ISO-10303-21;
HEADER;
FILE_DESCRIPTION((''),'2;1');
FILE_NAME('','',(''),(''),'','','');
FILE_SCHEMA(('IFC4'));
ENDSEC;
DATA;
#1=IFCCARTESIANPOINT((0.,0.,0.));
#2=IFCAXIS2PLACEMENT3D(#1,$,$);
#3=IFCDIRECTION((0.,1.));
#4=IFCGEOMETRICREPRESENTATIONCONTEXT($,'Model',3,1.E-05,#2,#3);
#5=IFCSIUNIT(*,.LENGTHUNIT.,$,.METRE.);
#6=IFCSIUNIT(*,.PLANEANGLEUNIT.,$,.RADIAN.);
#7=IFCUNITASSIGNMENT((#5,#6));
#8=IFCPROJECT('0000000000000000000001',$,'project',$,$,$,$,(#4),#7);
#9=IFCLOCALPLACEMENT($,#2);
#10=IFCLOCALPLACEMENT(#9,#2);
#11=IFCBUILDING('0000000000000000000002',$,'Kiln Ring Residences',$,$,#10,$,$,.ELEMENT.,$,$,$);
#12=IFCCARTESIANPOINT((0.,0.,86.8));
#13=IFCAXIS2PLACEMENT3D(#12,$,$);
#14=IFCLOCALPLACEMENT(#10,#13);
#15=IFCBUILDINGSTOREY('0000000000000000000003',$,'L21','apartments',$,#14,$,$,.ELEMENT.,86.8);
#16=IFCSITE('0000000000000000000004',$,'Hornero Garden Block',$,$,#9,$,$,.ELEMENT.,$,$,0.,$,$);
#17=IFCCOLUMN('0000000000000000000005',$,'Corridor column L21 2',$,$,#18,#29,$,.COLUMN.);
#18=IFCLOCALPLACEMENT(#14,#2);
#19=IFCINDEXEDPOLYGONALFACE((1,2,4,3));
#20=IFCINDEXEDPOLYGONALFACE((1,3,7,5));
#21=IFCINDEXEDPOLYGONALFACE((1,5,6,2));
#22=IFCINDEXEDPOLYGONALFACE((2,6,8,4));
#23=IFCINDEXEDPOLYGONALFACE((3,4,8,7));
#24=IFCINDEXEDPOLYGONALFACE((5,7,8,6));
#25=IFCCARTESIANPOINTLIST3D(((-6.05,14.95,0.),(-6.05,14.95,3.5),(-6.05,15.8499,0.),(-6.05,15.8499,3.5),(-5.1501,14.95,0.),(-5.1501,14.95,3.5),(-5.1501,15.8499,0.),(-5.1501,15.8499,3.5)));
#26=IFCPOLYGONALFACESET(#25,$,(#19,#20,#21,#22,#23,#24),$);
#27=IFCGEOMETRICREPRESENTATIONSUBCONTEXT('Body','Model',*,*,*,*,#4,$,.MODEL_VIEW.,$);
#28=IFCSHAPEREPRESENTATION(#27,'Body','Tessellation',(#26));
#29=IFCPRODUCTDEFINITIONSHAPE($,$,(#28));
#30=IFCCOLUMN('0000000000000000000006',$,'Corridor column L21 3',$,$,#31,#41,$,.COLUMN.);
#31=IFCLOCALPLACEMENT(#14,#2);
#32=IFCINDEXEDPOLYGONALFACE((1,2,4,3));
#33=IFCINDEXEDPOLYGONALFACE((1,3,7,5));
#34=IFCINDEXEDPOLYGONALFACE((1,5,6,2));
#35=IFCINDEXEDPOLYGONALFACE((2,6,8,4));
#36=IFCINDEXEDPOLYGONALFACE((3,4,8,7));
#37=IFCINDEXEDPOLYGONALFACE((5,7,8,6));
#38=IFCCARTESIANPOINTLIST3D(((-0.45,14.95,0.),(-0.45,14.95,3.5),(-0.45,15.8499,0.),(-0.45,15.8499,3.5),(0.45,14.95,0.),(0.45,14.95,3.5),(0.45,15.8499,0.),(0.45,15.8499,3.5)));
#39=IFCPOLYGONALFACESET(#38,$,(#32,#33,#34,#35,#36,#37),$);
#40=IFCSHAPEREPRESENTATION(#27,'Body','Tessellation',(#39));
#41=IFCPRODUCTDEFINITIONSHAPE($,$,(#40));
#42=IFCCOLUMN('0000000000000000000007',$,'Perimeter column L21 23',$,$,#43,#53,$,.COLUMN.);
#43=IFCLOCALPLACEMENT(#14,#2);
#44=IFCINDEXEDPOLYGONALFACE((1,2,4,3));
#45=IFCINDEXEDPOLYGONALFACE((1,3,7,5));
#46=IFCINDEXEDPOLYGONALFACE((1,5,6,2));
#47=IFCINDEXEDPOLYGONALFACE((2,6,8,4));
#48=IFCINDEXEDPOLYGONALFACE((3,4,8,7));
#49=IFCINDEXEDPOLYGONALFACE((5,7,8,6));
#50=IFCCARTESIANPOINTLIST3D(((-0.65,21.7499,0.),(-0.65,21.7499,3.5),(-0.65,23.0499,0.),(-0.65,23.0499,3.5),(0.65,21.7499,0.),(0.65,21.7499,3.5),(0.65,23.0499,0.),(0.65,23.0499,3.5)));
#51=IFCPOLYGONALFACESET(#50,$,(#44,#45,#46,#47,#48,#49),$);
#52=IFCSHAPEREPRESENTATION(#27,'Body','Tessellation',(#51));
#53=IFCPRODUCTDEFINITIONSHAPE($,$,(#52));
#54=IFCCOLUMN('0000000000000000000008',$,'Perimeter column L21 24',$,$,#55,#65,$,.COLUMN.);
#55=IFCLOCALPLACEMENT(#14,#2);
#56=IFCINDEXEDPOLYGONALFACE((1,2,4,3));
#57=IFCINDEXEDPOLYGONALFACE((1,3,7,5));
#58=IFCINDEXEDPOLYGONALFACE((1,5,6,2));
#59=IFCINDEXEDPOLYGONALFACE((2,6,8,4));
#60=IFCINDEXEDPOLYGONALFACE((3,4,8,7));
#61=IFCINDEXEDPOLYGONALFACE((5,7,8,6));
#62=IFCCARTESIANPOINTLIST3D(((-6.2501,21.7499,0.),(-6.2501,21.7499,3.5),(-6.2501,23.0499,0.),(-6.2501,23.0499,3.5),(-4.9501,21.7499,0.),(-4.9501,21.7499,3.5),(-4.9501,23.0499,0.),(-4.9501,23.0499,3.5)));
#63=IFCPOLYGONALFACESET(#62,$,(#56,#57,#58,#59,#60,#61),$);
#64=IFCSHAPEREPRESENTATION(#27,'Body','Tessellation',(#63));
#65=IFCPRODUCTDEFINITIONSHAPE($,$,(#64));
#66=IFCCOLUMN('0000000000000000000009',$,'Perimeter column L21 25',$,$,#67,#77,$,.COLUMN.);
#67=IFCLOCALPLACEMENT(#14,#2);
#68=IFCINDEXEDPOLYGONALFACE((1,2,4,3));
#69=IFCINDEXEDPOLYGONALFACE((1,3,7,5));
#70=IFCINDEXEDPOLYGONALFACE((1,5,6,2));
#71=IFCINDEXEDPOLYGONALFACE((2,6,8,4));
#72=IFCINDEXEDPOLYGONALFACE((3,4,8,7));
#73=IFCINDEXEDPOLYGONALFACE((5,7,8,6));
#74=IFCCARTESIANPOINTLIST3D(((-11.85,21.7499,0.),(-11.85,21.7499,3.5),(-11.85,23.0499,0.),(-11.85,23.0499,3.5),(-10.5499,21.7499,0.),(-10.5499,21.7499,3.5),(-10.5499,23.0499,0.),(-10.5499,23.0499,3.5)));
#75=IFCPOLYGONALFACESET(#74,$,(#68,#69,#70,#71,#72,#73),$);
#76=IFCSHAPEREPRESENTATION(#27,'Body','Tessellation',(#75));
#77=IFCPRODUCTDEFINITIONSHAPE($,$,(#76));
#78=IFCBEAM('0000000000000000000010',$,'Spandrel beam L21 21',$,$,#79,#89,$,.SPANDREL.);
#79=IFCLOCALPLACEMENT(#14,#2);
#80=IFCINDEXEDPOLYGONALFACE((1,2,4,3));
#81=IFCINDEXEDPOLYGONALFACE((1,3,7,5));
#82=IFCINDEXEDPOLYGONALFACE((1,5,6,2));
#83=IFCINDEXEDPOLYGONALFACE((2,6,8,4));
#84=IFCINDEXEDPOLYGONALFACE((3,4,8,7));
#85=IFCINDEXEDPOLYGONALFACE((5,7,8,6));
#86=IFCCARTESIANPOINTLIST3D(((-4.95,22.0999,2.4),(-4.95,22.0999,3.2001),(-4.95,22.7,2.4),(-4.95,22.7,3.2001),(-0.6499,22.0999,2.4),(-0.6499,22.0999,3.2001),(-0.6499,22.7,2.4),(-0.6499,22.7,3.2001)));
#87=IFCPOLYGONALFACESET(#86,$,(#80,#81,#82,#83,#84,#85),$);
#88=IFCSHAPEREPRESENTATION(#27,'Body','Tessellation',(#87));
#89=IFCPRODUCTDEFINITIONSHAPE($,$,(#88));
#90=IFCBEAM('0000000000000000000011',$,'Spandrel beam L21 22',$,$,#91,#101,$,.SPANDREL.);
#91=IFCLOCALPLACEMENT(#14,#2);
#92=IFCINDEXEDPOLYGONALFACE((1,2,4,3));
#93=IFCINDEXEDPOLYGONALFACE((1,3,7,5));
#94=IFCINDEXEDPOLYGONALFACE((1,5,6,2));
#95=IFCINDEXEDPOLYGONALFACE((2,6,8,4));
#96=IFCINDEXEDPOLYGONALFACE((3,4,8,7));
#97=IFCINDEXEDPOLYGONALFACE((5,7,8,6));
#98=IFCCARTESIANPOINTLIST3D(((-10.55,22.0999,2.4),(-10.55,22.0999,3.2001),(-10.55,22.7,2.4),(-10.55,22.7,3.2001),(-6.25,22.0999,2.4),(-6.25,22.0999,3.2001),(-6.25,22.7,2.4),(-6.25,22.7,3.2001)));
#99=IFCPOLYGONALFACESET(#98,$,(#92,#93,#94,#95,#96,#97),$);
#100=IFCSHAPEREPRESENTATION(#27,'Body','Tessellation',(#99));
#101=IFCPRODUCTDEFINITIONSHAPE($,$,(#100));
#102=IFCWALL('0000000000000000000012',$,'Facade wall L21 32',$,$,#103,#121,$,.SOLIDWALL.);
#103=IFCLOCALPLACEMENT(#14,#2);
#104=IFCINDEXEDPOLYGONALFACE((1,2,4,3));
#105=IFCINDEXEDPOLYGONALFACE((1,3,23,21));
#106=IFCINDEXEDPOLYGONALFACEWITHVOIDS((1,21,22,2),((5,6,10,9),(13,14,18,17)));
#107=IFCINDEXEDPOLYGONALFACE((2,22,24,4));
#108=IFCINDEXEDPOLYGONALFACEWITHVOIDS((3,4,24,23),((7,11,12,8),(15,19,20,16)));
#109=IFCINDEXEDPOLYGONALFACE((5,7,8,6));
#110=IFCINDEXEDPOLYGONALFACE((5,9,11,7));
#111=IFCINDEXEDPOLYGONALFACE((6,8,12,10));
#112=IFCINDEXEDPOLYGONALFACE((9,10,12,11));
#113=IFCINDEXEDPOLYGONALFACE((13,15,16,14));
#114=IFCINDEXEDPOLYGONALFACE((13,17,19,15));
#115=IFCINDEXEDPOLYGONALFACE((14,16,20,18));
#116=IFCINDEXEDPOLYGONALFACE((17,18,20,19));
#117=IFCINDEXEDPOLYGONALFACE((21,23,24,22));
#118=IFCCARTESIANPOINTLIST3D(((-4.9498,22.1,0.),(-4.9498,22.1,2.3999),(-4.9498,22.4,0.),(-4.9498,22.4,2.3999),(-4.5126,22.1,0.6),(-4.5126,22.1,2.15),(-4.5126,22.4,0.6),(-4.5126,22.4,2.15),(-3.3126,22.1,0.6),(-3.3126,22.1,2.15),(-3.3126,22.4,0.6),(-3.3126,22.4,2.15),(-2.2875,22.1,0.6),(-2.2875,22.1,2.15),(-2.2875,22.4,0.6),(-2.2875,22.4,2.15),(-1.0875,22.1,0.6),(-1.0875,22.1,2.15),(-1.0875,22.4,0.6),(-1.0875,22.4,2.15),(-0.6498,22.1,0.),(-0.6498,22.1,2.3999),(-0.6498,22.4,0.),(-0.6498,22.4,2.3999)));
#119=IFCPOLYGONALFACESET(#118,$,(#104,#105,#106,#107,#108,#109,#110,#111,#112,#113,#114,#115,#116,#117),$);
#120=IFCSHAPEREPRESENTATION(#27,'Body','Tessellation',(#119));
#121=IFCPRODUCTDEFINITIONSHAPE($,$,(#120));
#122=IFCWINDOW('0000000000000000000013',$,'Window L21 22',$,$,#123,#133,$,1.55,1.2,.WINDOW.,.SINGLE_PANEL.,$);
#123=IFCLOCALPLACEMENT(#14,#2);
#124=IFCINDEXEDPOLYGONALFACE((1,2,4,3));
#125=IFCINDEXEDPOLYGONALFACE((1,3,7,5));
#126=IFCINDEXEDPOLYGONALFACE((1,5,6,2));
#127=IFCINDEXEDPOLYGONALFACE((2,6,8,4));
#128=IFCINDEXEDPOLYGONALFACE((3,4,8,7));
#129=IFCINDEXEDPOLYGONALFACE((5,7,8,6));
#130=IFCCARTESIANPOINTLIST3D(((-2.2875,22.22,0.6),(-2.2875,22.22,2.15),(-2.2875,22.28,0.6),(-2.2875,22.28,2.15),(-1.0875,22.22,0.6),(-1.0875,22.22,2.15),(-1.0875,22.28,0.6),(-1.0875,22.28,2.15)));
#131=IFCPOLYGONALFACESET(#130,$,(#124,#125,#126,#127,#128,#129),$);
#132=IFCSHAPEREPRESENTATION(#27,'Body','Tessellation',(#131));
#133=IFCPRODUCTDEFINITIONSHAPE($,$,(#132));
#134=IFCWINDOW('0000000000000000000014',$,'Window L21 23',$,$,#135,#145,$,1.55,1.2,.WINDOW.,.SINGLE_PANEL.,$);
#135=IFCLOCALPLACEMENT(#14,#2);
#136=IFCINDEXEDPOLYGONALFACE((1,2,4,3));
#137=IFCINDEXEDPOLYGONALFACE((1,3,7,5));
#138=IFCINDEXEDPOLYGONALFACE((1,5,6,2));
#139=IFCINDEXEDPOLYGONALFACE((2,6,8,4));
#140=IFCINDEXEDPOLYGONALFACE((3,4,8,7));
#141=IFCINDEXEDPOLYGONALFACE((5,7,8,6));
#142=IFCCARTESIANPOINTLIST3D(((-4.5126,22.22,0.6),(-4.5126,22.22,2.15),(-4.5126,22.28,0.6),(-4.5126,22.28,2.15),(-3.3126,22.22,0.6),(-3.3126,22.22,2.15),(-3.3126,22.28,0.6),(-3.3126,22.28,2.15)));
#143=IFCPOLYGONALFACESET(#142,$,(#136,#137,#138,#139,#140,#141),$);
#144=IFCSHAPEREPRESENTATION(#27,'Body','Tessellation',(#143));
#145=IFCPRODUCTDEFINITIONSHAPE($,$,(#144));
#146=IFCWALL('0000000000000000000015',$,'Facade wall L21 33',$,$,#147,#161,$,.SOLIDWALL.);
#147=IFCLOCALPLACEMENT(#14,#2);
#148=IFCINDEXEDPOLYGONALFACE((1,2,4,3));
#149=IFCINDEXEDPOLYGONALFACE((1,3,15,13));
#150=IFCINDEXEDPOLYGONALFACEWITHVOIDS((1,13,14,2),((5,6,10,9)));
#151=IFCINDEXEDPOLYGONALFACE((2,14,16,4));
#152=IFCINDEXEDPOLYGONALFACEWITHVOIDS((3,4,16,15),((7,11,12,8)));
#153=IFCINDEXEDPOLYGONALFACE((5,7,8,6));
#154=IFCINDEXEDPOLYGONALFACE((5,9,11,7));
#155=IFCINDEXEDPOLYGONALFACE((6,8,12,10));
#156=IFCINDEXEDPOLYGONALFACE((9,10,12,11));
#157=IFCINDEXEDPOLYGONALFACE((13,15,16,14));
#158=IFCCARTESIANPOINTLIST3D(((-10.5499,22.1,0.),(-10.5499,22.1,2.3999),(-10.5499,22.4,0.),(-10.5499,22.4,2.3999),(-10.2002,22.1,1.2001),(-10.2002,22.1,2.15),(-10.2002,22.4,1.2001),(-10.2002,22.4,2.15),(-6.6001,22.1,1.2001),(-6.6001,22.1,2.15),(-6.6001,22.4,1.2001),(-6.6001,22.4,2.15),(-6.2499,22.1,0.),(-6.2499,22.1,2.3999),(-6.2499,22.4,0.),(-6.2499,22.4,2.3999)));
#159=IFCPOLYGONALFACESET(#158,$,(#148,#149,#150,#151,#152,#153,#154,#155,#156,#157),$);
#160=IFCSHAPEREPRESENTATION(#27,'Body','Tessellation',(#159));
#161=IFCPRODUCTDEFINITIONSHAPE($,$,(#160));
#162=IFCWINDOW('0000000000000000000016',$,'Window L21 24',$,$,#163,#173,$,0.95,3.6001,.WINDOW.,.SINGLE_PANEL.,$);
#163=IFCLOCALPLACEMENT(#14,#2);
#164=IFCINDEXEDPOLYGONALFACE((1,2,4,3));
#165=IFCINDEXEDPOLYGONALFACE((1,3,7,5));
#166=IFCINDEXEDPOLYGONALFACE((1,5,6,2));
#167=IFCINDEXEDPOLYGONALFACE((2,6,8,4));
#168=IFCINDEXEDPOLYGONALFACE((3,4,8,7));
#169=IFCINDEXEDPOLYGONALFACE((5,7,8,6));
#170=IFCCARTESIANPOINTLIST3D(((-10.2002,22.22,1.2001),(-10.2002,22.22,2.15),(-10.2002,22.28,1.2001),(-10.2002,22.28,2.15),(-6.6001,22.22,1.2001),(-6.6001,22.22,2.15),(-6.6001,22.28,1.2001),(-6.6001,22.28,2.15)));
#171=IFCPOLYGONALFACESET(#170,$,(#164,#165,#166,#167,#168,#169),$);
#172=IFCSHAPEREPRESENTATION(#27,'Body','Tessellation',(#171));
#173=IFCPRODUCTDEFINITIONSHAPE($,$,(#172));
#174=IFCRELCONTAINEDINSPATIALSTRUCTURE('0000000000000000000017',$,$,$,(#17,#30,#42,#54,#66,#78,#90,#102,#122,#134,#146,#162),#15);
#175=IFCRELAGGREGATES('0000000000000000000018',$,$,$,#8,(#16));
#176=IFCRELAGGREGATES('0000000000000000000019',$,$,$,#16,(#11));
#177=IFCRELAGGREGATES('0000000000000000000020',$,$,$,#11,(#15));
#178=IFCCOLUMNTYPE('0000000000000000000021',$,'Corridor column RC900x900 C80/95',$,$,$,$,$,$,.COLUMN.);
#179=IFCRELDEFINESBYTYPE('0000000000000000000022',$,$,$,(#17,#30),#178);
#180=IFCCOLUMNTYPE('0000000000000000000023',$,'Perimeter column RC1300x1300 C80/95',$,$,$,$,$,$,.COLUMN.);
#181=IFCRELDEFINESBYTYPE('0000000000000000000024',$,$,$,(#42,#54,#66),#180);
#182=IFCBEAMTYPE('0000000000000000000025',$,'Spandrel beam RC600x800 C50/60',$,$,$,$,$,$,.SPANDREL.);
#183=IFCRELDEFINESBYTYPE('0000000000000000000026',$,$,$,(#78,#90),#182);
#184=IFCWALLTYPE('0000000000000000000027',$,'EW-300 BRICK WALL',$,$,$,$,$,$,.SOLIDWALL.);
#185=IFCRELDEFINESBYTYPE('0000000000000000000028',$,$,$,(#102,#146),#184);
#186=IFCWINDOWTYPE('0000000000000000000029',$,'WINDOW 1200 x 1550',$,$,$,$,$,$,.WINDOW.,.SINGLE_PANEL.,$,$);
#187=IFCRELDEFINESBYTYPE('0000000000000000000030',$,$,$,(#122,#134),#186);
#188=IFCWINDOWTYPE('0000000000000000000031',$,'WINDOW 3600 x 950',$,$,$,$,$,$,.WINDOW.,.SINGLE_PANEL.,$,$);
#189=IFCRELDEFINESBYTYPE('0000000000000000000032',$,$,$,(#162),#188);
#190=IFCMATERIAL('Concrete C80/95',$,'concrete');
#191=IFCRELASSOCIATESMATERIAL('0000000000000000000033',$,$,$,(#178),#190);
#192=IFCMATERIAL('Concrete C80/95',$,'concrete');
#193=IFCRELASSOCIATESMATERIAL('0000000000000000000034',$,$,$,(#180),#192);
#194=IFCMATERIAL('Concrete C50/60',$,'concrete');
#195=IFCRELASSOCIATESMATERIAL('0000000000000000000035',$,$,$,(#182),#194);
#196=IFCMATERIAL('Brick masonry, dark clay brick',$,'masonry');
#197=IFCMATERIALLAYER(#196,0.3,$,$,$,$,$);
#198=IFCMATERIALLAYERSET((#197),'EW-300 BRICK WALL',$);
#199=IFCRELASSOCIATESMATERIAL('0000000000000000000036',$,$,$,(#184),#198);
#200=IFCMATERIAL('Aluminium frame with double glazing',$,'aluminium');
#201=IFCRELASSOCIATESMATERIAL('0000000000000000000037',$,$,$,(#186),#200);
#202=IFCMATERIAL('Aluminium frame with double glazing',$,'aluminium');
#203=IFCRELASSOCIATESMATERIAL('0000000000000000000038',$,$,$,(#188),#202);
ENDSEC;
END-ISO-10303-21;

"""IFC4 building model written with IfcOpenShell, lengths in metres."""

from ifc_helpers import new_model, si_unit, direction, frame, frame_2d, origin, origin_2d, place, context, subcontext, project, spatial, rectangle, extrude, material, layer, layer_set, material_profile, profile_set, type_object, element, fill, save


model = new_model("IFC4")

# Units and contexts
model_context = context("Model", 3, precision=1e-05, world=origin(), true_north=direction((0.0, 1.0)))
body_context = subcontext(model_context, "Body", "Model", "MODEL_VIEW")
ifc_project = project(units=[si_unit("LENGTHUNIT", "METRE"), si_unit("PLANEANGLEUNIT", "RADIAN")], contexts=[model_context])

# Site, building, storey
site_placement = place(None, origin())
site = spatial("IfcSite", under=ifc_project, at=site_placement, Name="Hornero Garden Block", CompositionType="ELEMENT", RefElevation=0.0)
building_placement = place(site_placement, origin())
building = spatial("IfcBuilding", under=site, at=building_placement, Name="Kiln Ring Residences", CompositionType="ELEMENT")
storey_placement = place(building_placement, frame((0.0, 0.0, 86.8)))
storey = spatial("IfcBuildingStorey", under=building, at=storey_placement, Name="L21", Description="apartments", CompositionType="ELEMENT", Elevation=86.8)

# Columns
ifc_material_1 = material(Name="Concrete C80/95", Category="concrete")
ifc_material_profile_1 = material_profile(ifc_material_1, rectangle(XDim=0.8999, YDim=0.8999, at=origin_2d()), Name="RC900x900")
ifc_profile_set_1 = profile_set([ifc_material_profile_1], Name="Concrete C80/95")
column_type_1 = type_object("IfcColumnType", Name="Corridor column RC900x900 C80/95", PredefinedType="COLUMN", material=ifc_profile_set_1)
for number, where, z_axis, x_axis, name in (
    (1, (-5.6001, 15.3999, 0.0), (0.0, 0.0, 1.0), (1.0, 0.0, 0.0), "Corridor column L21 2"),
    (2, (0.0, 15.3999, 0.0), (0.0, 0.0, 1.0), (1.0, 0.0, 0.0), "Corridor column L21 3"),
):
    element("IfcColumn", number, at=place(storey_placement, frame(where, z_axis=z_axis, x_axis=x_axis)), inside=storey, type_object=column_type_1, Name=name, PredefinedType="COLUMN", context=body_context, shape_type="SweptSolid", body=[
        extrude(rectangle(XDim=0.8999, YDim=0.8999, at=origin_2d()), origin(), (0.0, 0.0, 1.0), 3.5),
    ])
ifc_material_2 = material(Name="Concrete C80/95", Category="concrete")
ifc_material_profile_2 = material_profile(ifc_material_2, rectangle(XDim=1.3, YDim=1.3, at=origin_2d()), Name="RC1300x1300")
ifc_profile_set_2 = profile_set([ifc_material_profile_2], Name="Concrete C80/95")
column_type_2 = type_object("IfcColumnType", Name="Perimeter column RC1300x1300 C80/95", PredefinedType="COLUMN", material=ifc_profile_set_2)
for number, where, z_axis, x_axis, name in (
    (3, (0.0, 22.3999, 0.0), (0.0, 0.0, 1.0), (1.0, 0.0, 0.0), "Perimeter column L21 23"),
    (4, (-5.6001, 22.3999, 0.0), (0.0, 0.0, 1.0), (1.0, 0.0, 0.0), "Perimeter column L21 24"),
    (5, (-11.2, 22.3999, 0.0), (0.0, 0.0, 1.0), (1.0, 0.0, 0.0), "Perimeter column L21 25"),
):
    element("IfcColumn", number, at=place(storey_placement, frame(where, z_axis=z_axis, x_axis=x_axis)), inside=storey, type_object=column_type_2, Name=name, PredefinedType="COLUMN", context=body_context, shape_type="SweptSolid", body=[
        extrude(rectangle(XDim=1.3, YDim=1.3, at=origin_2d()), origin(), (0.0, 0.0, 1.0), 3.5),
    ])

# Beams
ifc_material_3 = material(Name="Concrete C50/60", Category="concrete")
ifc_material_profile_3 = material_profile(ifc_material_3, rectangle(XDim=0.6001, YDim=0.8, at=origin_2d()), Name="RC600x800")
ifc_profile_set_3 = profile_set([ifc_material_profile_3], Name="Concrete C50/60")
beam_type = type_object("IfcBeamType", Name="Spandrel beam RC600x800 C50/60", PredefinedType="SPANDREL", material=ifc_profile_set_3)
for number, where, z_axis, x_axis, name in (
    (6, (-0.6499, 22.3999, 2.8), (-1.0, 0.0, 0.0), (0.0, -1.0, 0.0), "Spandrel beam L21 21"),
    (7, (-6.25, 22.3999, 2.8), (-1.0, 0.0, 0.0), (0.0, -1.0, 0.0), "Spandrel beam L21 22"),
):
    element("IfcBeam", number, at=place(storey_placement, frame(where, z_axis=z_axis, x_axis=x_axis)), inside=storey, type_object=beam_type, Name=name, PredefinedType="SPANDREL", context=body_context, shape_type="SweptSolid", body=[
        extrude(rectangle(XDim=0.6001, YDim=0.8, at=origin_2d()), origin(), (0.0, 0.0, 1.0), 4.3),
    ])

# Wall, openings, windows
ifc_material_4 = material(Name="Brick masonry, dark clay brick", Category="masonry")
ifc_layer_1 = layer(ifc_material_4, 0.3)
ifc_layer_set_1 = layer_set([ifc_layer_1], Name="EW-300 BRICK WALL")
wall_type_1 = type_object("IfcWallType", Name="EW-300 BRICK WALL", PredefinedType="SOLIDWALL", material=ifc_layer_set_1)
wall_1_placement = place(storey_placement, frame((-0.6499, 22.25, 0.0), z_axis=(0.0, 0.0, 1.0), x_axis=(-1.0, 0.0, 0.0)))
wall_1 = element("IfcWall", 8, at=wall_1_placement, inside=storey, type_object=wall_type_1, Name="Facade wall L21 32", PredefinedType="SOLIDWALL", context=body_context, shape_type="SweptSolid", body=[
    extrude(rectangle(XDim=4.3, YDim=0.3, at=frame_2d((2.1499, 0.0))), origin(), (0.0, 0.0, 1.0), 2.3999),
])
opening_1_placement = place(wall_1_placement, frame((0.4375, 0.0, 0.6001)))
opening_1 = element("IfcOpeningElement", 9, at=opening_1_placement, cuts=wall_1, PredefinedType="OPENING", context=body_context, shape_type="SweptSolid", body=[
    extrude(rectangle(XDim=1.2, YDim=1.55, at=frame_2d((0.6001, 0.7749))), frame((0.0, 0.1599, 0.0), z_axis=(0.0, -1.0, 0.0), x_axis=(1.0, 0.0, 0.0)), (0.0, 0.0, 1.0), 0.3201),
])
opening_2_placement = place(wall_1_placement, frame((2.6626, 0.0, 0.6001)))
opening_2 = element("IfcOpeningElement", 10, at=opening_2_placement, cuts=wall_1, PredefinedType="OPENING", context=body_context, shape_type="SweptSolid", body=[
    extrude(rectangle(XDim=1.2, YDim=1.55, at=frame_2d((0.6001, 0.7749))), frame((0.0, 0.1599, 0.0), z_axis=(0.0, -1.0, 0.0), x_axis=(1.0, 0.0, 0.0)), (0.0, 0.0, 1.0), 0.3201),
])
ifc_material_5 = material(Name="Aluminium frame with double glazing", Category="aluminium")
window_type_1 = type_object("IfcWindowType", Name="WINDOW 1200 x 1550", PartitioningType="SINGLE_PANEL", PredefinedType="WINDOW", material=ifc_material_5)
window_1_placement = place(opening_1_placement, origin())
window_1 = element("IfcWindow", 11, at=window_1_placement, inside=storey, type_object=window_type_1, Name="Window L21 22", OverallHeight=1.55, OverallWidth=1.2, PartitioningType="SINGLE_PANEL", PredefinedType="WINDOW", context=body_context, shape_type="SweptSolid", body=[
    extrude(rectangle(XDim=1.2, YDim=1.55, at=frame_2d((0.6001, 0.7749))), frame((0.0, 0.03, 0.0), z_axis=(0.0, -1.0, 0.0), x_axis=(1.0, 0.0, 0.0)), (0.0, 0.0, 1.0), 0.0601),
])
fill(opening_1, window_1)
window_2_placement = place(opening_2_placement, origin())
window_2 = element("IfcWindow", 12, at=window_2_placement, inside=storey, type_object=window_type_1, Name="Window L21 23", OverallHeight=1.55, OverallWidth=1.2, PartitioningType="SINGLE_PANEL", PredefinedType="WINDOW", context=body_context, shape_type="SweptSolid", body=[
    extrude(rectangle(XDim=1.2, YDim=1.55, at=frame_2d((0.6001, 0.7749))), frame((0.0, 0.03, 0.0), z_axis=(0.0, -1.0, 0.0), x_axis=(1.0, 0.0, 0.0)), (0.0, 0.0, 1.0), 0.0601),
])
fill(opening_2, window_2)

# Wall, opening, window
wall_2_placement = place(storey_placement, frame((-6.25, 22.25, 0.0), z_axis=(0.0, 0.0, 1.0), x_axis=(-1.0, 0.0, 0.0)))
wall_2 = element("IfcWall", 13, at=wall_2_placement, inside=storey, type_object=wall_type_1, Name="Facade wall L21 33", PredefinedType="SOLIDWALL", context=body_context, shape_type="SweptSolid", body=[
    extrude(rectangle(XDim=4.3, YDim=0.3, at=frame_2d((2.1499, 0.0))), origin(), (0.0, 0.0, 1.0), 2.3999),
])
opening_3_placement = place(wall_2_placement, frame((0.3501, 0.0, 1.2)))
opening_3 = element("IfcOpeningElement", 14, at=opening_3_placement, cuts=wall_2, PredefinedType="OPENING", context=body_context, shape_type="SweptSolid", body=[
    extrude(rectangle(XDim=3.6001, YDim=0.95, at=frame_2d((1.8, 0.4751))), frame((0.0, 0.1599, 0.0), z_axis=(0.0, -1.0, 0.0), x_axis=(1.0, 0.0, 0.0)), (0.0, 0.0, 1.0), 0.3201),
])
ifc_material_6 = material(Name="Aluminium frame with double glazing", Category="aluminium")
window_type_2 = type_object("IfcWindowType", Name="WINDOW 3600 x 950", PartitioningType="SINGLE_PANEL", PredefinedType="WINDOW", material=ifc_material_6)
window_3_placement = place(opening_3_placement, origin())
window_3 = element("IfcWindow", 15, at=window_3_placement, inside=storey, type_object=window_type_2, Name="Window L21 24", OverallHeight=0.95, OverallWidth=3.6001, PartitioningType="SINGLE_PANEL", PredefinedType="WINDOW", context=body_context, shape_type="SweptSolid", body=[
    extrude(rectangle(XDim=3.6001, YDim=0.95, at=frame_2d((1.8, 0.4751))), frame((0.0, 0.03, 0.0), z_axis=(0.0, -1.0, 0.0), x_axis=(1.0, 0.0, 0.0)), (0.0, 0.0, 1.0), 0.0601),
])
fill(opening_3, window_3)

save(model, "model.ifc")
